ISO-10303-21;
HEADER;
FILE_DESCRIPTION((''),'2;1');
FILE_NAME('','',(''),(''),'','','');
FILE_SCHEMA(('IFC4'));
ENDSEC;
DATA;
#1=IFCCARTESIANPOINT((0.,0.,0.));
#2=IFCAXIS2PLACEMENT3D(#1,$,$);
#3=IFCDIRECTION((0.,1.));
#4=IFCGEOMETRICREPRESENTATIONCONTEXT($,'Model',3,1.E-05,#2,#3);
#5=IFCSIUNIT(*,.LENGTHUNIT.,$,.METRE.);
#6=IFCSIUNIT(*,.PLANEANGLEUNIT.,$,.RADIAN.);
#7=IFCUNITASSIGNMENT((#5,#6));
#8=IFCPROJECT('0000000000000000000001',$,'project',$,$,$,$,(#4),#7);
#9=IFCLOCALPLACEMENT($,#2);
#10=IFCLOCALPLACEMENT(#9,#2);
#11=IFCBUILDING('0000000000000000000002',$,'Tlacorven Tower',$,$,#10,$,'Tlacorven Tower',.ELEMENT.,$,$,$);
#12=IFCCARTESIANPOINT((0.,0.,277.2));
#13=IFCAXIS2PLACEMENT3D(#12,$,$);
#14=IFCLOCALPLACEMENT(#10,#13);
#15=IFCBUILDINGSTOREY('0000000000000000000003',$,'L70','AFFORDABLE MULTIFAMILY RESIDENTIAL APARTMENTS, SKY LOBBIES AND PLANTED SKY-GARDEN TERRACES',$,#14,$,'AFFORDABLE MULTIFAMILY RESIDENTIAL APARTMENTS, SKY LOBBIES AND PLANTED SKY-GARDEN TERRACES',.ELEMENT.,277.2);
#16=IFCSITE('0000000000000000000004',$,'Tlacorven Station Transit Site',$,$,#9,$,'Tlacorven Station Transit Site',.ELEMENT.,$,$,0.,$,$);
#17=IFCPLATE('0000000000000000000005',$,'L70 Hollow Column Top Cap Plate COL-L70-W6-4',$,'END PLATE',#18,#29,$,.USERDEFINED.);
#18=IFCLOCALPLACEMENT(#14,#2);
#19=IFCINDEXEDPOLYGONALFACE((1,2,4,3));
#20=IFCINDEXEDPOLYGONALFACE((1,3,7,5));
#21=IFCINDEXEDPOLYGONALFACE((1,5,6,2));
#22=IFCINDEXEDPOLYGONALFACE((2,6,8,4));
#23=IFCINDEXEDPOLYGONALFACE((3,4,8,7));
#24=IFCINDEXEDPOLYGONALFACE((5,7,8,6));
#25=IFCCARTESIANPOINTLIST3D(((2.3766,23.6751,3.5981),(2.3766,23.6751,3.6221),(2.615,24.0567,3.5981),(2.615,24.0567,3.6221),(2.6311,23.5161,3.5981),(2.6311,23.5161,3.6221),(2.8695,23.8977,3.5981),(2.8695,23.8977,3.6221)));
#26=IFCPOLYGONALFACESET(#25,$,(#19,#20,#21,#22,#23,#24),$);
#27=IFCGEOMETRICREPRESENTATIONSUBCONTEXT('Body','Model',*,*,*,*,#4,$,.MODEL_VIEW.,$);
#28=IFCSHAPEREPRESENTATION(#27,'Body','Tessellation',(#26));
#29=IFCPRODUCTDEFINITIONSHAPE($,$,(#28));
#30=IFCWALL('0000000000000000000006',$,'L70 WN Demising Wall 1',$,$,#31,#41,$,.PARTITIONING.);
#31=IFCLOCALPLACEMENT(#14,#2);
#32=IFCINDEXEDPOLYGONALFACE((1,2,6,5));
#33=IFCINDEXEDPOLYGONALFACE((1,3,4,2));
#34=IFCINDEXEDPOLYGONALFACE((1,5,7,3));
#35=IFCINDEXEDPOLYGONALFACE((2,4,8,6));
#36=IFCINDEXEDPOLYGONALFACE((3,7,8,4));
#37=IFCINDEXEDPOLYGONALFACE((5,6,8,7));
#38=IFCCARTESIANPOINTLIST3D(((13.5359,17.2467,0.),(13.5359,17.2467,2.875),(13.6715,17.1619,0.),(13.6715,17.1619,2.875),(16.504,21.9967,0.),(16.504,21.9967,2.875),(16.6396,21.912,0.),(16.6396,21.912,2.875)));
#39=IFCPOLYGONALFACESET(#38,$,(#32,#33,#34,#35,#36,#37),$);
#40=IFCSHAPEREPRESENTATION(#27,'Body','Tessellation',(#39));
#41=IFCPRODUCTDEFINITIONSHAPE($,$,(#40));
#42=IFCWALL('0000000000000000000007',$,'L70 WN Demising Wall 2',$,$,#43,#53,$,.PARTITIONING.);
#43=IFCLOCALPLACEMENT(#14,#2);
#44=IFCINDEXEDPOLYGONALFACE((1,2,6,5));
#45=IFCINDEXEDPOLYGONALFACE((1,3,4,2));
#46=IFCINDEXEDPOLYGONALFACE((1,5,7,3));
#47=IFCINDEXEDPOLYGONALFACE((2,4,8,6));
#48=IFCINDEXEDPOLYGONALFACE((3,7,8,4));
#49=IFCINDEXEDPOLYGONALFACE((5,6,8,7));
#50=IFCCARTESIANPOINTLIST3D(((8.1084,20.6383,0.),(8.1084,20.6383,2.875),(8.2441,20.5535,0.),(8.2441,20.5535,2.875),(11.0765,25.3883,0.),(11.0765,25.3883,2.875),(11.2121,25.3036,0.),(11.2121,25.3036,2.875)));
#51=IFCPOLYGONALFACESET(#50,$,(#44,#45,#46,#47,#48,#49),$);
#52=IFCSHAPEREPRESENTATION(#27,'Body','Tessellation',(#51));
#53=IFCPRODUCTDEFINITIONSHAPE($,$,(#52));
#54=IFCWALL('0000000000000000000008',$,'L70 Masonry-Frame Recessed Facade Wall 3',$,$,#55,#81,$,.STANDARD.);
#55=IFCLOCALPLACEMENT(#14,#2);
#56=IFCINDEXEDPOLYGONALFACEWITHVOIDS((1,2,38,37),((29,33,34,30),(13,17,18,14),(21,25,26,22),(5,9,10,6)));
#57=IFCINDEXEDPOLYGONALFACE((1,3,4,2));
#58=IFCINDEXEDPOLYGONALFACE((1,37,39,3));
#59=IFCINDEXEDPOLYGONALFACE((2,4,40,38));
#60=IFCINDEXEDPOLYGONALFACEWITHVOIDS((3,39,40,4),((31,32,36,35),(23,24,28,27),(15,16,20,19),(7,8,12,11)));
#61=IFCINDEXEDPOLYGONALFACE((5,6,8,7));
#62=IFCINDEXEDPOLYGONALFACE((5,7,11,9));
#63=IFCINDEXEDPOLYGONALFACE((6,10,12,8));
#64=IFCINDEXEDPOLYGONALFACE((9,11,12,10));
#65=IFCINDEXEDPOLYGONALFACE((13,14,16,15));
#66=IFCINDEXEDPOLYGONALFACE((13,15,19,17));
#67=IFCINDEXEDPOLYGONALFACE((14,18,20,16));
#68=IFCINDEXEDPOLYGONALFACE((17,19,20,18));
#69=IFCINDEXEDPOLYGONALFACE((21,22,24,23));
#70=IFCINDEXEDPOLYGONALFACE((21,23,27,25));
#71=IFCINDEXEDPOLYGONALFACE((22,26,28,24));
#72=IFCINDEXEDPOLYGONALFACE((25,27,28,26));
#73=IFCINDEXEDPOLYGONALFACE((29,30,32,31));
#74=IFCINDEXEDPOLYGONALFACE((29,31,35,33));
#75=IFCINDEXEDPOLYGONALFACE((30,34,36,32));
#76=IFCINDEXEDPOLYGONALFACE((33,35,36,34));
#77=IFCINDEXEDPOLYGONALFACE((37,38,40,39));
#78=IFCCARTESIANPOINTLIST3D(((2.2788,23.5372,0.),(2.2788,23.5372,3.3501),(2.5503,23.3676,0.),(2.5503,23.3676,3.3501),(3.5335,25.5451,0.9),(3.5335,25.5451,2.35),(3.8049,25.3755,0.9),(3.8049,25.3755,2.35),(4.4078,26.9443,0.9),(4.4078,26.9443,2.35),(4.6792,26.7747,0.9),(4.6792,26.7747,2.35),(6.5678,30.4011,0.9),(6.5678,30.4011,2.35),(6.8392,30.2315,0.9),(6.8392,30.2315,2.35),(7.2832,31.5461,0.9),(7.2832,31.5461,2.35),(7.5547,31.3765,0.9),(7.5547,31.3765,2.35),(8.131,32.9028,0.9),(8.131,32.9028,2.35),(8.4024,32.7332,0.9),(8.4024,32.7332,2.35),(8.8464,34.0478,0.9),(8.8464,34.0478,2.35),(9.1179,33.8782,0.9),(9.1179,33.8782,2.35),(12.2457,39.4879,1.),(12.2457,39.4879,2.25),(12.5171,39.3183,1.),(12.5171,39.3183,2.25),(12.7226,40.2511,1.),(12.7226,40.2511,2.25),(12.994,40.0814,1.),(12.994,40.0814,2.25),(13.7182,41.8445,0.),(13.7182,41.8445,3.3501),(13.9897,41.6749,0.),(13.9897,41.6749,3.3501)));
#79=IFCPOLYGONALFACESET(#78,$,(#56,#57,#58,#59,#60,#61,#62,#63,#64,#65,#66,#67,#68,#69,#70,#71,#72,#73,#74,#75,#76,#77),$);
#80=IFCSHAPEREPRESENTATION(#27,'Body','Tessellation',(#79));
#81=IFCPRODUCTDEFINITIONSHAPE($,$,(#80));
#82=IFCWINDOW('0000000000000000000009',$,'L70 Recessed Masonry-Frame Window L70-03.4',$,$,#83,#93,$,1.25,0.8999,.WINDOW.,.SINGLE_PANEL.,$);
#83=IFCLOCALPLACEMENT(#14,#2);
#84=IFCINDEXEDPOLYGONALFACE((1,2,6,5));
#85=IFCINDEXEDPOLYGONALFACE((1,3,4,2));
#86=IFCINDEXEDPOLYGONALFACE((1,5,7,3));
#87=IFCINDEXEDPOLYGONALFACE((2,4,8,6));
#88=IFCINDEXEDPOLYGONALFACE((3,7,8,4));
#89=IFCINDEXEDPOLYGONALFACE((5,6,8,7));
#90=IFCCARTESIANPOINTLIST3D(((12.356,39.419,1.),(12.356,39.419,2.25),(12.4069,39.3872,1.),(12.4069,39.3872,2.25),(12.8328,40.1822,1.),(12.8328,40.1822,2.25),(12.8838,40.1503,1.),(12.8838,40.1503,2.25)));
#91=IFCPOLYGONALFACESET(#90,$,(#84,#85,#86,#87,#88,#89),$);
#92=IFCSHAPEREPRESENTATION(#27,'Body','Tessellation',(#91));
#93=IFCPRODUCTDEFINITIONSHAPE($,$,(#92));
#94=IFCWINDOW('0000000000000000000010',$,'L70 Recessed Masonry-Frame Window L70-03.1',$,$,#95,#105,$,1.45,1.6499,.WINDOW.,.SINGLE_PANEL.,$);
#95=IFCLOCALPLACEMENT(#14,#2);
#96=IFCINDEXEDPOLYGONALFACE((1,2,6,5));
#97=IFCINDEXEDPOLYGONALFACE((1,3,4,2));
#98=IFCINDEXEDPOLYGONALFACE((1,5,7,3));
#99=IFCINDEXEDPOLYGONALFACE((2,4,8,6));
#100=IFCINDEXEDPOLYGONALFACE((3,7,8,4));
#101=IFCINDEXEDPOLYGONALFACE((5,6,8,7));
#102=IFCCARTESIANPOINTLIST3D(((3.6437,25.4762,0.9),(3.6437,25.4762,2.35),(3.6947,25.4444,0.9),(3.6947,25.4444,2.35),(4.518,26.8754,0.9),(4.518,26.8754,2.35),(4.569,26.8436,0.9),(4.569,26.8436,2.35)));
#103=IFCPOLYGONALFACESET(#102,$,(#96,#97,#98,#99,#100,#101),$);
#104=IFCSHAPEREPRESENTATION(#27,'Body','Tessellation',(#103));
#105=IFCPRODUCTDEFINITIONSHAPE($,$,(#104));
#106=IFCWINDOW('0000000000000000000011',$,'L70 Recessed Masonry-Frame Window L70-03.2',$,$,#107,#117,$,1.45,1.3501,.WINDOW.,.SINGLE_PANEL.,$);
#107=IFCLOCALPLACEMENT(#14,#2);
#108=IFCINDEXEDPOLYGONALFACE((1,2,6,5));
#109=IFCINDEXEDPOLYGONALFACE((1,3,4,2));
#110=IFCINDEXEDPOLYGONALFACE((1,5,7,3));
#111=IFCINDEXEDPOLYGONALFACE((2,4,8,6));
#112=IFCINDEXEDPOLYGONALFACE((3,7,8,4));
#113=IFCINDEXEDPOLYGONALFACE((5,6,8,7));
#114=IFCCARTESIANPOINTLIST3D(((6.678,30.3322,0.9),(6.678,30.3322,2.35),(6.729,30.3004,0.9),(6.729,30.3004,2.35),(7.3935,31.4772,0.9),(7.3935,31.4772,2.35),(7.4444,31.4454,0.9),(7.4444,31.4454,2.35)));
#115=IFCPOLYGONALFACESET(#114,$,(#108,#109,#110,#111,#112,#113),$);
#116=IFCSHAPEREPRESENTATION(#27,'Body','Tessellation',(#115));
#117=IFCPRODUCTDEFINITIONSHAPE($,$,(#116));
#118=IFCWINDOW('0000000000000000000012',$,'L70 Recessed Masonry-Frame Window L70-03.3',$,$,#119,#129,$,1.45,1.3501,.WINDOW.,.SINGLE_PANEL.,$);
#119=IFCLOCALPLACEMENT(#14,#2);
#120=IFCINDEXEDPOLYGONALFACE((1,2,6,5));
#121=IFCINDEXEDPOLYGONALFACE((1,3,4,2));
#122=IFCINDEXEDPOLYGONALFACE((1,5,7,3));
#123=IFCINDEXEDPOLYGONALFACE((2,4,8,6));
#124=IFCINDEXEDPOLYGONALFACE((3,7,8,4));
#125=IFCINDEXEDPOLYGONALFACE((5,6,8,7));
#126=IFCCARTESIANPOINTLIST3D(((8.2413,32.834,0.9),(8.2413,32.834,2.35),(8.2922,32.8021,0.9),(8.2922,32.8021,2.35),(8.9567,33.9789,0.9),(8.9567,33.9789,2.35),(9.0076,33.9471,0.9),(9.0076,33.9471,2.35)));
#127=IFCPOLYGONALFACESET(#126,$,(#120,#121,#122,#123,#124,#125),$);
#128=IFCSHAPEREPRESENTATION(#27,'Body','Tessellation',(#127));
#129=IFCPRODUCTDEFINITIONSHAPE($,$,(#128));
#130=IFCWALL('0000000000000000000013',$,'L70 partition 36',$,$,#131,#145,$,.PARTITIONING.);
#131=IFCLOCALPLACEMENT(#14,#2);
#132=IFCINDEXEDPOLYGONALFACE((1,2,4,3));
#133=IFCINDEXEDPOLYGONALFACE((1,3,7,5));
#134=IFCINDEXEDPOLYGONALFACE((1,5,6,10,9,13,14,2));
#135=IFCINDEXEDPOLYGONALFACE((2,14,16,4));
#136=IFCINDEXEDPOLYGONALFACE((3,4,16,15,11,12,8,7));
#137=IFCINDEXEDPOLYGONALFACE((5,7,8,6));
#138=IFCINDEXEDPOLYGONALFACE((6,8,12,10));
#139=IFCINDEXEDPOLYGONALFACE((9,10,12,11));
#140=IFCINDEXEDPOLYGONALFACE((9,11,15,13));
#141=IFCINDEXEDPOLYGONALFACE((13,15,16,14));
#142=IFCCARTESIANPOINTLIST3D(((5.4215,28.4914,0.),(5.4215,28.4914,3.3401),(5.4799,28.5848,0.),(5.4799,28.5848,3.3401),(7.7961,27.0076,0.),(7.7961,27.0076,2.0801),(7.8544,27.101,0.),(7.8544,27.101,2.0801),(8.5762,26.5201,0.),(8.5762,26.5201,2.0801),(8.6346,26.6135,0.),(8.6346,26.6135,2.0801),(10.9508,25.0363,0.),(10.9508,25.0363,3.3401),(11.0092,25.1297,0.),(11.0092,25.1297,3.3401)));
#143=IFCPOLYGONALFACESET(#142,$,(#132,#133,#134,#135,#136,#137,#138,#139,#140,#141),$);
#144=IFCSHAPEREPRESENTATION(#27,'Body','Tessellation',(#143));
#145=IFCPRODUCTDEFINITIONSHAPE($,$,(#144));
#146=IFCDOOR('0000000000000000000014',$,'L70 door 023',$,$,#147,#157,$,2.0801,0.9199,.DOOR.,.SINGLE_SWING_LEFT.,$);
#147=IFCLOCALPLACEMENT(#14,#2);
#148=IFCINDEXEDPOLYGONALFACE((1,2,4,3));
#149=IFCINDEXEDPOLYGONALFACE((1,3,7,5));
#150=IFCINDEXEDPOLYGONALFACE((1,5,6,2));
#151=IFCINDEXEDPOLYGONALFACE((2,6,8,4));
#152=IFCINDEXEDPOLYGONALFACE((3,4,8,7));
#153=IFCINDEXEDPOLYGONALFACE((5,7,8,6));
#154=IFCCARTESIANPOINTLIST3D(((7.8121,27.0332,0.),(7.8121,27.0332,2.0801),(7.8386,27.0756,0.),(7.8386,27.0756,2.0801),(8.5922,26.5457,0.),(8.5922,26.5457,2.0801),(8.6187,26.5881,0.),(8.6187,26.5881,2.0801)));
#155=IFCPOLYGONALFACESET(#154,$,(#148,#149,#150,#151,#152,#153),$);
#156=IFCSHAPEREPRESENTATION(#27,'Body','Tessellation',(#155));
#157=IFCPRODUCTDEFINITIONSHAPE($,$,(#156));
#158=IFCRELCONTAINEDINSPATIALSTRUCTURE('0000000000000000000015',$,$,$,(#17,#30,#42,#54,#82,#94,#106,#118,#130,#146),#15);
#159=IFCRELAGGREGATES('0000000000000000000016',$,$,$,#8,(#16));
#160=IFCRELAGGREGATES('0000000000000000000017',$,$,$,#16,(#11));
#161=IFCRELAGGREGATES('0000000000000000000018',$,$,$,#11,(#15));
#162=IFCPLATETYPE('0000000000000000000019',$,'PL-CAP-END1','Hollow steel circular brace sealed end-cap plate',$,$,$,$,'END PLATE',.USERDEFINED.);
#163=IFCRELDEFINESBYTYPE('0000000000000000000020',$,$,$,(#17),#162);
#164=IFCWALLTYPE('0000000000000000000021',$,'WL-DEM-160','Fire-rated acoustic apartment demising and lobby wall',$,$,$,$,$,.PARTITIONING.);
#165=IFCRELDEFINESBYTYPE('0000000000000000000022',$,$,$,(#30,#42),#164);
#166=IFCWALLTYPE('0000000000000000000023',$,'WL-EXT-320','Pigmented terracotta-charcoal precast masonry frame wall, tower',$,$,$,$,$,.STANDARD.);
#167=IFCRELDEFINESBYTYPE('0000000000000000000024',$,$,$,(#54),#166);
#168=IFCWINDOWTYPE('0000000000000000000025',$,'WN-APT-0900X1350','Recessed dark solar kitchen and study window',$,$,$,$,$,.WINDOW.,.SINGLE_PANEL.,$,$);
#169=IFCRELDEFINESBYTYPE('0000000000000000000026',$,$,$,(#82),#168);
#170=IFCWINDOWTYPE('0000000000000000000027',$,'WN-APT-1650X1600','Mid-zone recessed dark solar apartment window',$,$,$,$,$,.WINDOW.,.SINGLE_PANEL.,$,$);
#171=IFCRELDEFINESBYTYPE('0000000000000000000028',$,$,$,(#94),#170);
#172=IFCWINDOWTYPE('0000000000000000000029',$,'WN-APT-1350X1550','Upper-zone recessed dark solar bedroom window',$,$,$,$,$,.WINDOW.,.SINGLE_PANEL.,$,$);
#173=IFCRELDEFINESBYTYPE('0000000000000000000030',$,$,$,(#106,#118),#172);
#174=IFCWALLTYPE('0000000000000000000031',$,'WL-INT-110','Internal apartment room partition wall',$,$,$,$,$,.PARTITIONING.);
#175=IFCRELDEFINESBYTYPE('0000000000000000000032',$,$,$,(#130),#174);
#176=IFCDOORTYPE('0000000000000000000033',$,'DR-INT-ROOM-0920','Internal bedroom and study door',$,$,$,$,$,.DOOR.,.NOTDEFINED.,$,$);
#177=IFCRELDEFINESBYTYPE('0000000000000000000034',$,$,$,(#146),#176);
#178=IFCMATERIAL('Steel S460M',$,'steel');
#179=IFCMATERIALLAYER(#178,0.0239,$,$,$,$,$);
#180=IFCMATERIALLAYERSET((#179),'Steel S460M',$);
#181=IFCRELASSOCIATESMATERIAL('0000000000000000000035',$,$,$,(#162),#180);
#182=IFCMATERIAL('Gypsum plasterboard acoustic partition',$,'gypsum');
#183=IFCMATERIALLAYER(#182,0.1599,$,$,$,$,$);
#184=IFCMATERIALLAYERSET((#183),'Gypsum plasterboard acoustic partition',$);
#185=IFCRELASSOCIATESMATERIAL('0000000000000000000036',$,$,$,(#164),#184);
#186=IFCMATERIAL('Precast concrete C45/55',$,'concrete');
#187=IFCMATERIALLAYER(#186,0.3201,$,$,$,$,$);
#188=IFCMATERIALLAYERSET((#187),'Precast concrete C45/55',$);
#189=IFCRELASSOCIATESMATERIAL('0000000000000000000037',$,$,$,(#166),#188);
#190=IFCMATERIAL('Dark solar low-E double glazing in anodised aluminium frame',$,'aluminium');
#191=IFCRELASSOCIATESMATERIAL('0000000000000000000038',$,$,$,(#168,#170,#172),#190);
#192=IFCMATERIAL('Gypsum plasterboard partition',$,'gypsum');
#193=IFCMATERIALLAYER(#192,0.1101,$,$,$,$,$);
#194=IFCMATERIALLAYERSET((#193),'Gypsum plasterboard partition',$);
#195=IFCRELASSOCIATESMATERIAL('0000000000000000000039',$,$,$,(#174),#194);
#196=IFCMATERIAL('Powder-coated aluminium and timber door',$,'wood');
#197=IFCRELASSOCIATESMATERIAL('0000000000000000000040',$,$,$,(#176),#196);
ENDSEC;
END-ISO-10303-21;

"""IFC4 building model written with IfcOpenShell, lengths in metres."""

from ifc_helpers import new_model, si_unit, direction, frame, frame_2d, origin, origin_2d, place, context, subcontext, project, spatial, rectangle, extrude, source, transform, mapped, material, layer, layer_set, type_object, element, fill, save


model = new_model("IFC4")

# Units and contexts
model_context = context("Model", 3, precision=1e-05, world=origin(), true_north=direction((0.0, 1.0)))
body_context = subcontext(model_context, "Body", "Model", "MODEL_VIEW")
ifc_project = project(units=[si_unit("LENGTHUNIT", "METRE"), si_unit("PLANEANGLEUNIT", "RADIAN")], contexts=[model_context])

# Site, building, storey
site_placement = place(None, origin())
site = spatial("IfcSite", under=ifc_project, at=site_placement, Name="Tlacorven Station Transit Site", LongName="Tlacorven Station Transit Site", CompositionType="ELEMENT", RefElevation=0.0)
building_placement = place(site_placement, origin())
building = spatial("IfcBuilding", under=site, at=building_placement, Name="Tlacorven Tower", LongName="Tlacorven Tower", CompositionType="ELEMENT")
storey_placement = place(building_placement, frame((0.0, 0.0, 277.2)))
storey = spatial("IfcBuildingStorey", under=building, at=storey_placement, Name="L70", Description="AFFORDABLE MULTIFAMILY RESIDENTIAL APARTMENTS, SKY LOBBIES AND PLANTED SKY-GARDEN TERRACES", LongName="AFFORDABLE MULTIFAMILY RESIDENTIAL APARTMENTS, SKY LOBBIES AND PLANTED SKY-GARDEN TERRACES", CompositionType="ELEMENT", Elevation=277.2)

# Shared definitions
ifc_material_1 = material(Name="Steel S460M", Category="steel")

# Plate
ifc_layer_1 = layer(ifc_material_1, 0.0239)
ifc_layer_set_1 = layer_set([ifc_layer_1], Name="Steel S460M")
plate_type = type_object("IfcPlateType", Name="PL-CAP-END1", Description="Hollow steel circular brace sealed end-cap plate", ElementType="END PLATE", PredefinedType="USERDEFINED", material=ifc_layer_set_1)
shared_shape_1 = source(origin(), body_context, "Body", "SweptSolid", [
    extrude(rectangle(XDim=0.3, YDim=0.45, at=origin_2d()), origin(), (0.0, 0.0, 1.0), 0.0239),
])
plate_placement = place(storey_placement, frame((2.623, 23.7864, 3.5981), z_axis=(0.0, 0.0, 1.0), x_axis=(-0.848048, 0.529919, 0.0)))
element("IfcPlate", 1, at=plate_placement, inside=storey, type_object=plate_type, Name="L70 Hollow Column Top Cap Plate COL-L70-W6-4", ObjectType="END PLATE", PredefinedType="USERDEFINED", context=body_context, shape_type="MappedRepresentation", body=[
    mapped(shared_shape_1, transform((0.0, 0.0, 0.0), scale=1.0)),
])

# Walls
ifc_material_2 = material(Name="Gypsum plasterboard acoustic partition", Category="gypsum")
ifc_layer_2 = layer(ifc_material_2, 0.1599)
ifc_layer_set_2 = layer_set([ifc_layer_2], Name="Gypsum plasterboard acoustic partition")
wall_type_1 = type_object("IfcWallType", Name="WL-DEM-160", Description="Fire-rated acoustic apartment demising and lobby wall", PredefinedType="PARTITIONING", material=ifc_layer_set_2)
for number, where, z_axis, x_axis, name in (
    (2, (16.5718, 21.9543, 0.0), (0.0, 0.0, 1.0), (-0.529905, -0.848057, 0.0), "L70 WN Demising Wall 1"),
    (3, (11.1443, 25.3459, 0.0), (0.0, 0.0, 1.0), (-0.529905, -0.848057, 0.0), "L70 WN Demising Wall 2"),
):
    element("IfcWall", number, at=place(storey_placement, frame(where, z_axis=z_axis, x_axis=x_axis)), inside=storey, type_object=wall_type_1, Name=name, PredefinedType="PARTITIONING", context=body_context, shape_type="SweptSolid", body=[
        extrude(rectangle(XDim=5.6011, YDim=0.1599, at=frame_2d((2.8005, 0.0))), origin(), (0.0, 0.0, 1.0), 2.875),
    ])

# Wall, openings, windows
ifc_material_3 = material(Name="Precast concrete C45/55", Category="concrete")
ifc_layer_3 = layer(ifc_material_3, 0.3201)
ifc_layer_set_3 = layer_set([ifc_layer_3], Name="Precast concrete C45/55")
wall_type_2 = type_object("IfcWallType", Name="WL-EXT-320", Description="Pigmented terracotta-charcoal precast masonry frame wall, tower", PredefinedType="STANDARD", material=ifc_layer_set_3)
wall_1_placement = place(storey_placement, frame((2.4146, 23.4524, 0.0), z_axis=(0.0, 0.0, 1.0), x_axis=(0.52991, 0.848054, 0.0)))
wall_1 = element("IfcWall", 4, at=wall_1_placement, inside=storey, type_object=wall_type_2, Name="L70 Masonry-Frame Recessed Facade Wall 3", PredefinedType="STANDARD", context=body_context, shape_type="SweptSolid", body=[
    extrude(rectangle(XDim=21.5874, YDim=0.3201, at=frame_2d((10.7937, 0.0))), origin(), (0.0, 0.0, 1.0), 3.3501),
])
opening_1_placement = place(wall_1_placement, frame((2.3677, 0.0, 0.8999)))
opening_1 = element("IfcOpeningElement", 5, at=opening_1_placement, cuts=wall_1, PredefinedType="OPENING", context=body_context, shape_type="SweptSolid", body=[
    extrude(rectangle(XDim=1.6499, YDim=1.45, at=frame_2d((0.825, 0.7251))), frame((0.0, 0.1699, 0.0), z_axis=(0.0, -1.0, 0.0), x_axis=(1.0, 0.0, 0.0)), (0.0, 0.0, 1.0), 0.3401),
])
opening_2_placement = place(wall_1_placement, frame((8.0938, 0.0, 0.8999)))
opening_2 = element("IfcOpeningElement", 6, at=opening_2_placement, cuts=wall_1, PredefinedType="OPENING", context=body_context, shape_type="SweptSolid", body=[
    extrude(rectangle(XDim=1.3501, YDim=1.45, at=frame_2d((0.675, 0.7251))), frame((0.0, 0.1699, 0.0), z_axis=(0.0, -1.0, 0.0), x_axis=(1.0, 0.0, 0.0)), (0.0, 0.0, 1.0), 0.3401),
])
opening_3_placement = place(wall_1_placement, frame((11.0437, 0.0, 0.8999)))
opening_3 = element("IfcOpeningElement", 7, at=opening_3_placement, cuts=wall_1, PredefinedType="OPENING", context=body_context, shape_type="SweptSolid", body=[
    extrude(rectangle(XDim=1.3501, YDim=1.45, at=frame_2d((0.675, 0.7251))), frame((0.0, 0.1699, 0.0), z_axis=(0.0, -1.0, 0.0), x_axis=(1.0, 0.0, 0.0)), (0.0, 0.0, 1.0), 0.3401),
])
opening_4_placement = place(wall_1_placement, frame((18.8086, 0.0, 1.0)))
opening_4 = element("IfcOpeningElement", 8, at=opening_4_placement, cuts=wall_1, PredefinedType="OPENING", context=body_context, shape_type="SweptSolid", body=[
    extrude(rectangle(XDim=0.8999, YDim=1.25, at=frame_2d((0.45, 0.625))), frame((0.0, 0.1699, 0.0), z_axis=(0.0, -1.0, 0.0), x_axis=(1.0, 0.0, 0.0)), (0.0, 0.0, 1.0), 0.3401),
])
ifc_material_4 = material(Name="Dark solar low-E double glazing in anodised aluminium frame", Category="aluminium")
window_type_1 = type_object("IfcWindowType", Name="WN-APT-0900X1350", Description="Recessed dark solar kitchen and study window", PartitioningType="SINGLE_PANEL", PredefinedType="WINDOW", material=ifc_material_4)
shared_shape_2 = source(origin(), body_context, "Body", "SweptSolid", [
    extrude(rectangle(XDim=0.8999, YDim=1.25, at=frame_2d((0.45, 0.625))), frame((0.0, 0.03, 0.0), z_axis=(0.0, -1.0, 0.0), x_axis=(1.0, 0.0, 0.0)), (0.0, 0.0, 1.0), 0.0601),
])
window_1_placement = place(opening_4_placement, origin())
window_1 = element("IfcWindow", 9, at=window_1_placement, inside=storey, type_object=window_type_1, Name="L70 Recessed Masonry-Frame Window L70-03.4", OverallHeight=1.25, OverallWidth=0.8999, PartitioningType="SINGLE_PANEL", PredefinedType="WINDOW", context=body_context, shape_type="MappedRepresentation", body=[
    mapped(shared_shape_2, transform((0.0, 0.0, 0.0), scale=1.0)),
])
fill(opening_4, window_1)
window_type_2 = type_object("IfcWindowType", Name="WN-APT-1650X1600", Description="Mid-zone recessed dark solar apartment window", PartitioningType="SINGLE_PANEL", PredefinedType="WINDOW", material=ifc_material_4)
shared_shape_3 = source(origin(), body_context, "Body", "SweptSolid", [
    extrude(rectangle(XDim=1.6499, YDim=1.45, at=frame_2d((0.825, 0.7251))), frame((0.0, 0.03, 0.0), z_axis=(0.0, -1.0, 0.0), x_axis=(1.0, 0.0, 0.0)), (0.0, 0.0, 1.0), 0.0601),
])
window_2_placement = place(opening_1_placement, origin())
window_2 = element("IfcWindow", 10, at=window_2_placement, inside=storey, type_object=window_type_2, Name="L70 Recessed Masonry-Frame Window L70-03.1", OverallHeight=1.45, OverallWidth=1.6499, PartitioningType="SINGLE_PANEL", PredefinedType="WINDOW", context=body_context, shape_type="MappedRepresentation", body=[
    mapped(shared_shape_3, transform((0.0, 0.0, 0.0), scale=1.0)),
])
fill(opening_1, window_2)
window_type_3 = type_object("IfcWindowType", Name="WN-APT-1350X1550", Description="Upper-zone recessed dark solar bedroom window", PartitioningType="SINGLE_PANEL", PredefinedType="WINDOW", material=ifc_material_4)
shared_shape_4 = source(origin(), body_context, "Body", "SweptSolid", [
    extrude(rectangle(XDim=1.3501, YDim=1.45, at=frame_2d((0.675, 0.7251))), frame((0.0, 0.03, 0.0), z_axis=(0.0, -1.0, 0.0), x_axis=(1.0, 0.0, 0.0)), (0.0, 0.0, 1.0), 0.0601),
])
window_3_placement = place(opening_2_placement, origin())
window_3 = element("IfcWindow", 11, at=window_3_placement, inside=storey, type_object=window_type_3, Name="L70 Recessed Masonry-Frame Window L70-03.2", OverallHeight=1.45, OverallWidth=1.3501, PartitioningType="SINGLE_PANEL", PredefinedType="WINDOW", context=body_context, shape_type="MappedRepresentation", body=[
    mapped(shared_shape_4, transform((0.0, 0.0, 0.0), scale=1.0)),
])
fill(opening_2, window_3)
window_4_placement = place(opening_3_placement, origin())
window_4 = element("IfcWindow", 12, at=window_4_placement, inside=storey, type_object=window_type_3, Name="L70 Recessed Masonry-Frame Window L70-03.3", OverallHeight=1.45, OverallWidth=1.3501, PartitioningType="SINGLE_PANEL", PredefinedType="WINDOW", context=body_context, shape_type="MappedRepresentation", body=[
    mapped(shared_shape_4, transform((0.0, 0.0, 0.0), scale=1.0)),
])
fill(opening_3, window_4)

# Wall, opening, door
ifc_material_5 = material(Name="Gypsum plasterboard partition", Category="gypsum")
ifc_layer_4 = layer(ifc_material_5, 0.1101)
ifc_layer_set_4 = layer_set([ifc_layer_4], Name="Gypsum plasterboard partition")
wall_type_3 = type_object("IfcWallType", Name="WL-INT-110", Description="Internal apartment room partition wall", PredefinedType="PARTITIONING", material=ifc_layer_set_4)
wall_2_placement = place(storey_placement, frame((10.98, 25.083, 0.0), z_axis=(0.0, 0.0, 1.0), x_axis=(-0.848049, 0.529918, 0.0)))
wall_2 = element("IfcWall", 13, at=wall_2_placement, inside=storey, type_object=wall_type_3, Name="L70 partition 36", PredefinedType="PARTITIONING", context=body_context, shape_type="SweptSolid", body=[
    extrude(rectangle(XDim=6.52, YDim=0.1101, at=frame_2d((3.26, 0.0))), origin(), (0.0, 0.0, 1.0), 3.3401),
])
opening_5_placement = place(wall_2_placement, frame((2.8, 0.0, 0.0)))
opening_5 = element("IfcOpeningElement", 14, at=opening_5_placement, cuts=wall_2, PredefinedType="OPENING", context=body_context, shape_type="SweptSolid", body=[
    extrude(rectangle(XDim=0.9199, YDim=2.0801, at=frame_2d((0.46, 1.04))), frame((0.0, 0.0649, 0.0), z_axis=(0.0, -1.0, 0.0), x_axis=(1.0, 0.0, 0.0)), (0.0, 0.0, 1.0), 0.1301),
])
ifc_material_6 = material(Name="Powder-coated aluminium and timber door", Category="wood")
door_type = type_object("IfcDoorType", Name="DR-INT-ROOM-0920", Description="Internal bedroom and study door", OperationType="NOTDEFINED", PredefinedType="DOOR", material=ifc_material_6)
shared_shape_5 = source(origin(), body_context, "Body", "SweptSolid", [
    extrude(rectangle(XDim=0.9199, YDim=2.0801, at=frame_2d((0.46, 1.04))), frame((0.0, 0.0249, 0.0), z_axis=(0.0, -1.0, 0.0), x_axis=(1.0, 0.0, 0.0)), (0.0, 0.0, 1.0), 0.05),
])
door_placement = place(opening_5_placement, origin())
door = element("IfcDoor", 15, at=door_placement, inside=storey, type_object=door_type, Name="L70 door 023", OperationType="SINGLE_SWING_LEFT", OverallHeight=2.0801, OverallWidth=0.9199, PredefinedType="DOOR", context=body_context, shape_type="MappedRepresentation", body=[
    mapped(shared_shape_5, transform((0.0, 0.0, 0.0), scale=1.0)),
])
fill(opening_5, door)

save(model, "model.ifc")
